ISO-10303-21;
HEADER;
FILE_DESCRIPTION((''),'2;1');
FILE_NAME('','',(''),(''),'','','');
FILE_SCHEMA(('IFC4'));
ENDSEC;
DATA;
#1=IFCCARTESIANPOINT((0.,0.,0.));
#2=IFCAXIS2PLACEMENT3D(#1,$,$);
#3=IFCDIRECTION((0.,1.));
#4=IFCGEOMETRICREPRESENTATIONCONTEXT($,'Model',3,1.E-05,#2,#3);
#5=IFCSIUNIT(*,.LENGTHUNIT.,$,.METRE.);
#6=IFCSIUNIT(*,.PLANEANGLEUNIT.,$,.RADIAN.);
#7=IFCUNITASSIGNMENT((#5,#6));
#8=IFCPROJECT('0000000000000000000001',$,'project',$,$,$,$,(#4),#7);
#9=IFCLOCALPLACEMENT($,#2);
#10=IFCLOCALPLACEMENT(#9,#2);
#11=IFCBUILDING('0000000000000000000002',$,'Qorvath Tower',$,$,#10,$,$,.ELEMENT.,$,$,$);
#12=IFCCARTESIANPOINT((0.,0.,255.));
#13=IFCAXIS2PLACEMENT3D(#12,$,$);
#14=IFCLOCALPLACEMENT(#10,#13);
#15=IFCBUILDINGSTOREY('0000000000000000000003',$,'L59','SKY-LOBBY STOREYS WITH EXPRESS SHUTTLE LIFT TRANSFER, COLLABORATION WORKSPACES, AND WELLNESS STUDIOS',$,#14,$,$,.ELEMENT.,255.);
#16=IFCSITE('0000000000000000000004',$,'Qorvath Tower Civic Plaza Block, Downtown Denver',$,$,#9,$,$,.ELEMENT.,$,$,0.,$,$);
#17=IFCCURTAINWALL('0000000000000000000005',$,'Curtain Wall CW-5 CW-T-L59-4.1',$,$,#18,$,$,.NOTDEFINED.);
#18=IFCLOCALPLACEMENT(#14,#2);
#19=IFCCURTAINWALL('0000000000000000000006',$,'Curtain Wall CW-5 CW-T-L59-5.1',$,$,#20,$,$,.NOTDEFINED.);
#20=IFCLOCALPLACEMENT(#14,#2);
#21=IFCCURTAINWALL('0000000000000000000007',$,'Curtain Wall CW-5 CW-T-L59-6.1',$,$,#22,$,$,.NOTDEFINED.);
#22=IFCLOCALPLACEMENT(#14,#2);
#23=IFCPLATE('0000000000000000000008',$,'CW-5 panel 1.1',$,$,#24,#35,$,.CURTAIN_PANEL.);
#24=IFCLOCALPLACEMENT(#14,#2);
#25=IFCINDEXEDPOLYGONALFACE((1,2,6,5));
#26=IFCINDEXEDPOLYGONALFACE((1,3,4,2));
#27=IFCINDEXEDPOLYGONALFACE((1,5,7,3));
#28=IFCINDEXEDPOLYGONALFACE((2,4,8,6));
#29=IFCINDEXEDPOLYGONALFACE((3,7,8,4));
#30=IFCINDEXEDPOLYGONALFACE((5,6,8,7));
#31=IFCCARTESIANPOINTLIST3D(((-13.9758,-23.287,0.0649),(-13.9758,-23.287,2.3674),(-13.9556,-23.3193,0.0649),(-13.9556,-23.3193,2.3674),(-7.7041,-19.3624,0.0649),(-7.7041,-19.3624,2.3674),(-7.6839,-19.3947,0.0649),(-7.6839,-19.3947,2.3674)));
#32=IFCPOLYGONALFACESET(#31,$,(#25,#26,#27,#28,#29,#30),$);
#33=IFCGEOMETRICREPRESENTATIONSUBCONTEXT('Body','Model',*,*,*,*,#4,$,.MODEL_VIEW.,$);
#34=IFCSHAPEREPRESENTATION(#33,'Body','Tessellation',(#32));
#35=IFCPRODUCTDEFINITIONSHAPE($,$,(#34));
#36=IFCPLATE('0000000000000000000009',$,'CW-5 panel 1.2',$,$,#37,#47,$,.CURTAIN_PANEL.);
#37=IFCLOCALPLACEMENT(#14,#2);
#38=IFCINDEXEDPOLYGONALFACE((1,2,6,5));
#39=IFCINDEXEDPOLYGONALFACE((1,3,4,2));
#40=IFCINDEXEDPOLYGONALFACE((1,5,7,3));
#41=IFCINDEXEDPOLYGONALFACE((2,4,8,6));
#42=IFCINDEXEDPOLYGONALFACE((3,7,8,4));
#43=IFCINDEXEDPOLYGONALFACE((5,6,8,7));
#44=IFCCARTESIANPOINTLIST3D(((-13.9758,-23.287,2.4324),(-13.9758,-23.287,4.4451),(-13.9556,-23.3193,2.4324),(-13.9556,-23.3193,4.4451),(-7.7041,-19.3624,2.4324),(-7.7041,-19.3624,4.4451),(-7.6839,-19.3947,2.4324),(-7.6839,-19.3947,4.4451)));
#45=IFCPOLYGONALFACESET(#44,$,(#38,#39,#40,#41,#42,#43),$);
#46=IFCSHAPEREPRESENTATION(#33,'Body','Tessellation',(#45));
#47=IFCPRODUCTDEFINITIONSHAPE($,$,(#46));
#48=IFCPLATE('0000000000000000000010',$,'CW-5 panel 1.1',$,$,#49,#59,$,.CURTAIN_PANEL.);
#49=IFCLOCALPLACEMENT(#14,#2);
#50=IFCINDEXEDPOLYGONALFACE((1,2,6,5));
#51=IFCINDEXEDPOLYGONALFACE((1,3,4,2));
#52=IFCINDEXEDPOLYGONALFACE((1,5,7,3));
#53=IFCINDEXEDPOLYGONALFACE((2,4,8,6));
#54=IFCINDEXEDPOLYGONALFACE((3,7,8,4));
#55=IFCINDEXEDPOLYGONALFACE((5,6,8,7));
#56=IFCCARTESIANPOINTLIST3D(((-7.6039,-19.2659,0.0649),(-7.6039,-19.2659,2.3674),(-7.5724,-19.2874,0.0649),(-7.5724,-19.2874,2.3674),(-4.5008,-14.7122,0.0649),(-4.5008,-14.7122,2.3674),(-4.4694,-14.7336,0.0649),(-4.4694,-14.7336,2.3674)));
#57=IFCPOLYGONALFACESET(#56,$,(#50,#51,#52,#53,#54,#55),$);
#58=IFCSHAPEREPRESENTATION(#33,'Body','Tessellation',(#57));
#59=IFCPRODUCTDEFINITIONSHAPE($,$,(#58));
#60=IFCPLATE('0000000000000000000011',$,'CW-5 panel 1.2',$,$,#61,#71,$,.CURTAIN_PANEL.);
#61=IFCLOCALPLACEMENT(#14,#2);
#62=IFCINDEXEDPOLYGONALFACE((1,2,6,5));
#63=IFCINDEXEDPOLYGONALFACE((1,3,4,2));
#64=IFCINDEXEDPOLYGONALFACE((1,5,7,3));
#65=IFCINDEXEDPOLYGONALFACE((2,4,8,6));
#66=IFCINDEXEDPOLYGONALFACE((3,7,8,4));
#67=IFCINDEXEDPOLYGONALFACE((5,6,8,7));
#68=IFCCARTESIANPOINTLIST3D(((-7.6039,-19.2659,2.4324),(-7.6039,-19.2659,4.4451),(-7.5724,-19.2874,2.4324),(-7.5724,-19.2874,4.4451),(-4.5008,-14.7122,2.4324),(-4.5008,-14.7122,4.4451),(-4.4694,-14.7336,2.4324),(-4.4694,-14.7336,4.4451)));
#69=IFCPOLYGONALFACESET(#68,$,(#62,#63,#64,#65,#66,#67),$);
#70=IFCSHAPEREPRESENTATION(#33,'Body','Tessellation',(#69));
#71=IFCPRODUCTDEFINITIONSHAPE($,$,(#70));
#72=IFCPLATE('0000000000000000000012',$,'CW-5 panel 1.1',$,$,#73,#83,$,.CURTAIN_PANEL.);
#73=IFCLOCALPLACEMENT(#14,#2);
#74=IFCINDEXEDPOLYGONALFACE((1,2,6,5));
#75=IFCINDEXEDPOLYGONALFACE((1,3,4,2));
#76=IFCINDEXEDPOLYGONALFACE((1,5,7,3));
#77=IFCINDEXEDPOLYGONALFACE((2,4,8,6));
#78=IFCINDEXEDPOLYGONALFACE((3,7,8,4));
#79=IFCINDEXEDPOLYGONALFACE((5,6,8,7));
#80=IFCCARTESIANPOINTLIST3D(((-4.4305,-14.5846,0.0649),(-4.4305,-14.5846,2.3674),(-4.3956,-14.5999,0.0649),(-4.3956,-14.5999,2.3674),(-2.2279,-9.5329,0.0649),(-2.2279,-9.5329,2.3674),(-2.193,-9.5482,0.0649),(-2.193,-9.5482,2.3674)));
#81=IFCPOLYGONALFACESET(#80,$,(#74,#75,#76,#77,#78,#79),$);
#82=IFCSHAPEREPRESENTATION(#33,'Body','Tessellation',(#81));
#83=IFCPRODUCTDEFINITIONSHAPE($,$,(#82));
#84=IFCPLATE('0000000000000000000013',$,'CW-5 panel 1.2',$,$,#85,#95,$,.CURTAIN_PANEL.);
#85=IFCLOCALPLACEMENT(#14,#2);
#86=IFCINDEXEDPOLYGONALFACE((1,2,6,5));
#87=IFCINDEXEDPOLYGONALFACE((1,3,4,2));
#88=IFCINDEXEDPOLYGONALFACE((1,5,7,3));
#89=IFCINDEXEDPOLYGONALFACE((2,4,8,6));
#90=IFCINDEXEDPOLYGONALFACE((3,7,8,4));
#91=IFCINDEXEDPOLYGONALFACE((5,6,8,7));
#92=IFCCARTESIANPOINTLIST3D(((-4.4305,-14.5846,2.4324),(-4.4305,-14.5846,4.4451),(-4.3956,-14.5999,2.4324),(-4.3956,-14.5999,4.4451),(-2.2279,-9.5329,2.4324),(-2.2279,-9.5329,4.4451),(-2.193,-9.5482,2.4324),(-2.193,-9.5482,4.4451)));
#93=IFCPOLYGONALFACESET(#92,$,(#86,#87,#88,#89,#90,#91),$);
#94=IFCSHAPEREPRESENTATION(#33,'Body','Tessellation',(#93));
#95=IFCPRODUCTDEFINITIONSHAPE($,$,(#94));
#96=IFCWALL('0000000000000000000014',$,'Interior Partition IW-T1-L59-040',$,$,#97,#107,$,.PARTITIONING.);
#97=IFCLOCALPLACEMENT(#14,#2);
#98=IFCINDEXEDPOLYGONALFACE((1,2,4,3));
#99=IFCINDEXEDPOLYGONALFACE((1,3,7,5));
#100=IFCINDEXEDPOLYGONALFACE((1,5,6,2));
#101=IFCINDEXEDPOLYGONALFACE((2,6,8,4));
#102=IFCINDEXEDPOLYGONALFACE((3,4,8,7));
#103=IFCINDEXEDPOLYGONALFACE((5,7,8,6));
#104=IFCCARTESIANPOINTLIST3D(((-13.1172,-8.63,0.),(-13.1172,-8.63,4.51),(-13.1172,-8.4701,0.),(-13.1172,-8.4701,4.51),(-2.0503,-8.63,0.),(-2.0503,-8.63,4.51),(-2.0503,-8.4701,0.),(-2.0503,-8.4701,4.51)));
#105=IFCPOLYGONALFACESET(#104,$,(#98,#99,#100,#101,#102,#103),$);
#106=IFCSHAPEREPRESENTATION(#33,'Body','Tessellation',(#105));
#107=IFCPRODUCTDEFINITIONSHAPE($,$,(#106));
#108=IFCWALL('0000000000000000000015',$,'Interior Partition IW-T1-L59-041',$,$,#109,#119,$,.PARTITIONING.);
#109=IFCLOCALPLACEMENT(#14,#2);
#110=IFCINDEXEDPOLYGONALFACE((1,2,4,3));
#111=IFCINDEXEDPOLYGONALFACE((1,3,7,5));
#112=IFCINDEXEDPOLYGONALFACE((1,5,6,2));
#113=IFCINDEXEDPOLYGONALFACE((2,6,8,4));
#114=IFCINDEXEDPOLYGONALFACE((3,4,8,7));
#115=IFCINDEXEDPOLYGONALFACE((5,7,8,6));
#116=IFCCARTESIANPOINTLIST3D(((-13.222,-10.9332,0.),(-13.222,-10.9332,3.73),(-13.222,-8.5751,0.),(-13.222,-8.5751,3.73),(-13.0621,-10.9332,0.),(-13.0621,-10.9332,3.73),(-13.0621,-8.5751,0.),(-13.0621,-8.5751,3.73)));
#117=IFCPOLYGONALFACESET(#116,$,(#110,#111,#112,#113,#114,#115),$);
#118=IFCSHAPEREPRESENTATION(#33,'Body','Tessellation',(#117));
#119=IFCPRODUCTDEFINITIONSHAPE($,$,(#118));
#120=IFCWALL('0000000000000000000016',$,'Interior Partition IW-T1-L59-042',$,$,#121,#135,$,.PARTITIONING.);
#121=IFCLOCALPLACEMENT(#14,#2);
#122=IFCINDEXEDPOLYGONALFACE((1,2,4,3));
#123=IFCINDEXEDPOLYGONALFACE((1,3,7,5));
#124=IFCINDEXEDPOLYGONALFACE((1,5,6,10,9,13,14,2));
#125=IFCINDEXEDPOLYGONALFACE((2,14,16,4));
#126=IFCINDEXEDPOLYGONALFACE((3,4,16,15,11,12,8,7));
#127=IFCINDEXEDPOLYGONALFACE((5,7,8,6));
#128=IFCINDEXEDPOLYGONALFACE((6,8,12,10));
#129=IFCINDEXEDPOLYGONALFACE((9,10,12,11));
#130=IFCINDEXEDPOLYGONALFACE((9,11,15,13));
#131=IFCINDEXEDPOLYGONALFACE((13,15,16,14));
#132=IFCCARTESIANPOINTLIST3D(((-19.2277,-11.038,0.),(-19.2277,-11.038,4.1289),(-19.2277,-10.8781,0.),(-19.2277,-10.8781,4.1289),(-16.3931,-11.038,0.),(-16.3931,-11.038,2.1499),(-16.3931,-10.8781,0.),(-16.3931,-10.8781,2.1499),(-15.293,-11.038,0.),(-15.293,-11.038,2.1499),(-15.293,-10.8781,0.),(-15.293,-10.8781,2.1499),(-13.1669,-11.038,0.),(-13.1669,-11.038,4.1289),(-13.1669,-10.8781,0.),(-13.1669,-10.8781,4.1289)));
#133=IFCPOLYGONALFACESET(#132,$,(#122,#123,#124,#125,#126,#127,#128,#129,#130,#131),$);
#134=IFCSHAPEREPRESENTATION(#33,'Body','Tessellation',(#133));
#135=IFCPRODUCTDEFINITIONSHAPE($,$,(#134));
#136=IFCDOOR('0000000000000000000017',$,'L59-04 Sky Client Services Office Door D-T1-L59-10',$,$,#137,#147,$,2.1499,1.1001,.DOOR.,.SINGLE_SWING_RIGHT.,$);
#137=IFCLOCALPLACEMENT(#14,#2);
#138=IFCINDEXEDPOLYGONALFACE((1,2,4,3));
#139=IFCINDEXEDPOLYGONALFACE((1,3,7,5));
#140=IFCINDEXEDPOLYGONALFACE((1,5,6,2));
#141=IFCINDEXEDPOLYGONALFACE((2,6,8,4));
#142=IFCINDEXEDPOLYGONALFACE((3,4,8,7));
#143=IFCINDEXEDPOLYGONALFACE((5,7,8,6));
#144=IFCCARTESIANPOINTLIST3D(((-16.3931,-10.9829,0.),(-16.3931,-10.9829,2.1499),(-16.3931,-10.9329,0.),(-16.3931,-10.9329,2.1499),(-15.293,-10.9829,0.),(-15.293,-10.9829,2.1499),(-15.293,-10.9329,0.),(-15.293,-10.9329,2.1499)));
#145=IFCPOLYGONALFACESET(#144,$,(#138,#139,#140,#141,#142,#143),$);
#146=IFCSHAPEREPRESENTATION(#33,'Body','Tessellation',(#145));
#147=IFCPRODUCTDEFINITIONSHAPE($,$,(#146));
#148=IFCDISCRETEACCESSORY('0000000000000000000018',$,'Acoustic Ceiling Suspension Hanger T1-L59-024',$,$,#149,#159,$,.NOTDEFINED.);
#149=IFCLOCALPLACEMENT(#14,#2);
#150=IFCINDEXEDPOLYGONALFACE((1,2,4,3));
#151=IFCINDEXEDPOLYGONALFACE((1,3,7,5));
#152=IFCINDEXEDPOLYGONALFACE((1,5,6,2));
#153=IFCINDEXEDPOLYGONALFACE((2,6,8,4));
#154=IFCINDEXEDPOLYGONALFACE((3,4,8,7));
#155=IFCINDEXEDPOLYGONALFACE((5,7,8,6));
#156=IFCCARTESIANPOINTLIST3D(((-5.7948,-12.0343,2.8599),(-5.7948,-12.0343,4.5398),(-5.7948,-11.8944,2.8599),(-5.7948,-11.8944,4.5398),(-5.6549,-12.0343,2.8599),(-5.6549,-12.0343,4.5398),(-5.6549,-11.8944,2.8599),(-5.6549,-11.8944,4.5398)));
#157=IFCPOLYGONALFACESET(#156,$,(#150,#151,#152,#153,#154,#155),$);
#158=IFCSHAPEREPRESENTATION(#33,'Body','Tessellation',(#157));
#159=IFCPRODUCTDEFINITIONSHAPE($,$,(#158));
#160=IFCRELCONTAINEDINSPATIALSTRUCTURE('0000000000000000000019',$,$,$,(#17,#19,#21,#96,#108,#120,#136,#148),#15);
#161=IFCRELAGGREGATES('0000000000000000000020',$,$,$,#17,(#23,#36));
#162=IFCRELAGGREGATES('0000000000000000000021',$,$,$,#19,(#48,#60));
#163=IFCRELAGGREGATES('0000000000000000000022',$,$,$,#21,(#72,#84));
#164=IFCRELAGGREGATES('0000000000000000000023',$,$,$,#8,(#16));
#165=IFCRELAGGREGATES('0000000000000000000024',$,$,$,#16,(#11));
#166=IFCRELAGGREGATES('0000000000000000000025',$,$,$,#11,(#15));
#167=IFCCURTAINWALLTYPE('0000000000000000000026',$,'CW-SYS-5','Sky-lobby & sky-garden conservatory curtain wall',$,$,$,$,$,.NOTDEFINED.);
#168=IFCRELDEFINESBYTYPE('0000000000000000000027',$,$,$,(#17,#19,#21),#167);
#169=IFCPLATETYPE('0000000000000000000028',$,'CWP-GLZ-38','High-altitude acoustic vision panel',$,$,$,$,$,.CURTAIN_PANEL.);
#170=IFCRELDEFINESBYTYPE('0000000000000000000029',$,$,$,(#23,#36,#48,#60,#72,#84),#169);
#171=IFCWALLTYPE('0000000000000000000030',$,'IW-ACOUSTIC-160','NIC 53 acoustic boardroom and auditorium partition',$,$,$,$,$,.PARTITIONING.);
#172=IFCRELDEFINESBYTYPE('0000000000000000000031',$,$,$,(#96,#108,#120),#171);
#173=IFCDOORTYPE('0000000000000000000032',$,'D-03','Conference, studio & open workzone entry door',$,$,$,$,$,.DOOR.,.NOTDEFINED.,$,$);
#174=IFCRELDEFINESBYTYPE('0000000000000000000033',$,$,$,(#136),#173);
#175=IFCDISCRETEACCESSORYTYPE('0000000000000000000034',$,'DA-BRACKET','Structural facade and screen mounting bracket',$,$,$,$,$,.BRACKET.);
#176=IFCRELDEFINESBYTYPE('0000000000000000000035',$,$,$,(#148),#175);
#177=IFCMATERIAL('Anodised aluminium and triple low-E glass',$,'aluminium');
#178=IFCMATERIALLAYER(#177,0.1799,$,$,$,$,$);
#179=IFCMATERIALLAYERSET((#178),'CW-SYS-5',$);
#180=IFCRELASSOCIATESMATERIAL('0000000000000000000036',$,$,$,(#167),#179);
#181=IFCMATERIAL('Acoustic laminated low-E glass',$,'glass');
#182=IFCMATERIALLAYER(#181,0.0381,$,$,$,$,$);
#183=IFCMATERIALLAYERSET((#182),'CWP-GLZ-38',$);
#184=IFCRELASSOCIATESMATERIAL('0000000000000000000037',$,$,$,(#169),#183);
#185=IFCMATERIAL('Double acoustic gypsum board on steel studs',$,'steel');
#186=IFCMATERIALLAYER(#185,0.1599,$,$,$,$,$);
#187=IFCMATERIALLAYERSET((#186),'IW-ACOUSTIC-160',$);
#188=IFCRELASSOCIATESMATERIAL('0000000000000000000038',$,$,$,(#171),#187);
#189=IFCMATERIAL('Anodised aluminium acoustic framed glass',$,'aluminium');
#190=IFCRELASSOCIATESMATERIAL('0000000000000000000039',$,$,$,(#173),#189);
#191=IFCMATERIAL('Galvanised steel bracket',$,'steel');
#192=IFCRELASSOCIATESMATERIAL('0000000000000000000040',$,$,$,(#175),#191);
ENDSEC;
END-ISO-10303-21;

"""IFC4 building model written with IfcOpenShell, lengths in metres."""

from ifc_helpers import new_model, si_unit, direction, frame, frame_2d, origin, origin_2d, place, context, subcontext, project, spatial, rectangle, extrude, material, layer, layer_set, type_object, element, fill, aggregate, save


model = new_model("IFC4")

# Units and contexts
model_context = context("Model", 3, precision=1e-05, world=origin(), true_north=direction((0.0, 1.0)))
body_context = subcontext(model_context, "Body", "Model", "MODEL_VIEW")
ifc_project = project(units=[si_unit("LENGTHUNIT", "METRE"), si_unit("PLANEANGLEUNIT", "RADIAN")], contexts=[model_context])

# Site, building, storey
site_placement = place(None, origin())
site = spatial("IfcSite", under=ifc_project, at=site_placement, Name="Qorvath Tower Civic Plaza Block, Downtown Denver", CompositionType="ELEMENT", RefElevation=0.0)
building_placement = place(site_placement, origin())
building = spatial("IfcBuilding", under=site, at=building_placement, Name="Qorvath Tower", CompositionType="ELEMENT")
storey_placement = place(building_placement, frame((0.0, 0.0, 255.0)))
storey = spatial("IfcBuildingStorey", under=building, at=storey_placement, Name="L59", Description="SKY-LOBBY STOREYS WITH EXPRESS SHUTTLE LIFT TRANSFER, COLLABORATION WORKSPACES, AND WELLNESS STUDIOS", CompositionType="ELEMENT", Elevation=255.0)

# Curtain wall
ifc_material_1 = material(Name="Anodised aluminium and triple low-E glass", Category="aluminium")
ifc_layer_1 = layer(ifc_material_1, 0.1799)
ifc_layer_set_1 = layer_set([ifc_layer_1], Name="CW-SYS-5")
curtain_wall_type = type_object("IfcCurtainWallType", Name="CW-SYS-5", Description="Sky-lobby & sky-garden conservatory curtain wall", PredefinedType="NOTDEFINED", material=ifc_layer_set_1)
curtain_wall_1_placement = place(storey_placement, origin())
curtain_wall_1 = element("IfcCurtainWall", 1, at=curtain_wall_1_placement, inside=storey, type_object=curtain_wall_type, Name="Curtain Wall CW-5 CW-T-L59-4.1", PredefinedType="NOTDEFINED")

# Curtain walls
curtain_wall_2_placement = place(storey_placement, origin())
curtain_wall_2 = element("IfcCurtainWall", 2, at=curtain_wall_2_placement, inside=storey, type_object=curtain_wall_type, Name="Curtain Wall CW-5 CW-T-L59-5.1", PredefinedType="NOTDEFINED")
curtain_wall_3_placement = place(storey_placement, origin())
curtain_wall_3 = element("IfcCurtainWall", 3, at=curtain_wall_3_placement, inside=storey, type_object=curtain_wall_type, Name="Curtain Wall CW-5 CW-T-L59-6.1", PredefinedType="NOTDEFINED")

# Plates
ifc_material_2 = material(Name="Acoustic laminated low-E glass", Category="glass")
ifc_layer_2 = layer(ifc_material_2, 0.0381)
ifc_layer_set_2 = layer_set([ifc_layer_2], Name="CWP-GLZ-38")
plate_type = type_object("IfcPlateType", Name="CWP-GLZ-38", Description="High-altitude acoustic vision panel", PredefinedType="CURTAIN_PANEL", material=ifc_layer_set_2)
plate_1_placement = place(storey_placement, frame((-10.8298, -21.3408, 0.0649), z_axis=(0.0, 0.0, 1.0), x_axis=(0.847707, 0.530464, 0.0)))
plate_1 = element("IfcPlate", 4, at=plate_1_placement, type_object=plate_type, Name="CW-5 panel 1.1", PredefinedType="CURTAIN_PANEL", context=body_context, shape_type="SweptSolid", body=[
    extrude(rectangle(XDim=7.3984, YDim=0.0381, at=origin_2d()), origin(), (0.0, 0.0, 1.0), 2.3025),
])
plate_2_placement = place(storey_placement, frame((-10.8298, -21.3408, 2.4324), z_axis=(0.0, 0.0, 1.0), x_axis=(0.847707, 0.530464, 0.0)))
plate_2 = element("IfcPlate", 5, at=plate_2_placement, type_object=plate_type, Name="CW-5 panel 1.2", PredefinedType="CURTAIN_PANEL", context=body_context, shape_type="SweptSolid", body=[
    extrude(rectangle(XDim=7.3984, YDim=0.0381, at=origin_2d()), origin(), (0.0, 0.0, 1.0), 2.0127),
])
aggregate(curtain_wall_1, [plate_1, plate_2])
plate_3_placement = place(storey_placement, frame((-6.0366, -16.9998, 0.0649), z_axis=(0.0, 0.0, 1.0), x_axis=(0.563115, 0.826379, 0.0)))
plate_3 = element("IfcPlate", 6, at=plate_3_placement, type_object=plate_type, Name="CW-5 panel 1.1", PredefinedType="CURTAIN_PANEL", context=body_context, shape_type="SweptSolid", body=[
    extrude(rectangle(XDim=5.5105, YDim=0.0381, at=origin_2d()), origin(), (0.0, 0.0, 1.0), 2.3025),
])
plate_4_placement = place(storey_placement, frame((-6.0366, -16.9998, 2.4324), z_axis=(0.0, 0.0, 1.0), x_axis=(0.563115, 0.826379, 0.0)))
plate_4 = element("IfcPlate", 7, at=plate_4_placement, type_object=plate_type, Name="CW-5 panel 1.2", PredefinedType="CURTAIN_PANEL", context=body_context, shape_type="SweptSolid", body=[
    extrude(rectangle(XDim=5.5105, YDim=0.0381, at=origin_2d()), origin(), (0.0, 0.0, 1.0), 2.0127),
])
aggregate(curtain_wall_2, [plate_3, plate_4])
plate_5_placement = place(storey_placement, frame((-3.3118, -12.0664, 0.0649), z_axis=(0.0, 0.0, 1.0), x_axis=(0.399666, 0.916661, 0.0)))
plate_5 = element("IfcPlate", 8, at=plate_5_placement, type_object=plate_type, Name="CW-5 panel 1.1", PredefinedType="CURTAIN_PANEL", context=body_context, shape_type="SweptSolid", body=[
    extrude(rectangle(XDim=5.511, YDim=0.0381, at=origin_2d()), origin(), (0.0, 0.0, 1.0), 2.3025),
])
plate_6_placement = place(storey_placement, frame((-3.3118, -12.0664, 2.4324), z_axis=(0.0, 0.0, 1.0), x_axis=(0.399666, 0.916661, 0.0)))
plate_6 = element("IfcPlate", 9, at=plate_6_placement, type_object=plate_type, Name="CW-5 panel 1.2", PredefinedType="CURTAIN_PANEL", context=body_context, shape_type="SweptSolid", body=[
    extrude(rectangle(XDim=5.511, YDim=0.0381, at=origin_2d()), origin(), (0.0, 0.0, 1.0), 2.0127),
])
aggregate(curtain_wall_3, [plate_5, plate_6])

# Walls
ifc_material_3 = material(Name="Double acoustic gypsum board on steel studs", Category="steel")
ifc_layer_3 = layer(ifc_material_3, 0.1599)
ifc_layer_set_3 = layer_set([ifc_layer_3], Name="IW-ACOUSTIC-160")
wall_type = type_object("IfcWallType", Name="IW-ACOUSTIC-160", Description="NIC 53 acoustic boardroom and auditorium partition", PredefinedType="PARTITIONING", material=ifc_layer_set_3)
wall_1_placement = place(storey_placement, frame((-2.0503, -8.55, 0.0), z_axis=(0.0, 0.0, 1.0), x_axis=(-1.0, 0.0, 0.0)))
element("IfcWall", 10, at=wall_1_placement, inside=storey, type_object=wall_type, Name="Interior Partition IW-T1-L59-040", PredefinedType="PARTITIONING", context=body_context, shape_type="SweptSolid", body=[
    extrude(rectangle(XDim=11.0669, YDim=0.1599, at=frame_2d((5.5334, 0.0))), origin(), (0.0, 0.0, 1.0), 4.51),
])
wall_2_placement = place(storey_placement, frame((-13.1421, -8.575, 0.0), z_axis=(0.0, 0.0, 1.0), x_axis=(0.0, -1.0, 0.0)))
element("IfcWall", 11, at=wall_2_placement, inside=storey, type_object=wall_type, Name="Interior Partition IW-T1-L59-041", PredefinedType="PARTITIONING", context=body_context, shape_type="SweptSolid", body=[
    extrude(rectangle(XDim=2.3582, YDim=0.1599, at=frame_2d((1.1792, 0.0))), origin(), (0.0, 0.0, 1.0), 3.73),
])

# Wall, opening, door
wall_3_placement = place(storey_placement, frame((-13.167, -10.958, 0.0), z_axis=(0.0, 0.0, 1.0), x_axis=(-1.0, 0.0, 0.0)))
wall_3 = element("IfcWall", 12, at=wall_3_placement, inside=storey, type_object=wall_type, Name="Interior Partition IW-T1-L59-042", PredefinedType="PARTITIONING", context=body_context, shape_type="SweptSolid", body=[
    extrude(rectangle(XDim=6.0608, YDim=0.1599, at=frame_2d((3.0303, 0.0))), origin(), (0.0, 0.0, 1.0), 4.1289),
])
opening_placement = place(wall_3_placement, frame((2.126, 0.0, 0.0)))
opening = element("IfcOpeningElement", 13, at=opening_placement, cuts=wall_3, PredefinedType="OPENING", context=body_context, shape_type="SweptSolid", body=[
    extrude(rectangle(XDim=1.1001, YDim=2.1499, at=frame_2d((0.55, 1.075))), frame((0.0, 0.0898, 0.0), z_axis=(0.0, -1.0, 0.0), x_axis=(1.0, 0.0, 0.0)), (0.0, 0.0, 1.0), 0.1799),
])
ifc_material_4 = material(Name="Anodised aluminium acoustic framed glass", Category="aluminium")
door_type = type_object("IfcDoorType", Name="D-03", Description="Conference, studio & open workzone entry door", OperationType="NOTDEFINED", PredefinedType="DOOR", material=ifc_material_4)
door_placement = place(opening_placement, origin())
door = element("IfcDoor", 14, at=door_placement, inside=storey, type_object=door_type, Name="L59-04 Sky Client Services Office Door D-T1-L59-10", OperationType="SINGLE_SWING_RIGHT", OverallHeight=2.1499, OverallWidth=1.1001, PredefinedType="DOOR", context=body_context, shape_type="SweptSolid", body=[
    extrude(rectangle(XDim=1.1001, YDim=2.1499, at=frame_2d((0.55, 1.075))), frame((0.0, 0.0249, 0.0), z_axis=(0.0, -1.0, 0.0), x_axis=(1.0, 0.0, 0.0)), (0.0, 0.0, 1.0), 0.05),
])
fill(opening, door)

# Discrete accessory
ifc_material_5 = material(Name="Galvanised steel bracket", Category="steel")
discrete_accessory_type = type_object("IfcDiscreteAccessoryType", Name="DA-BRACKET", Description="Structural facade and screen mounting bracket", PredefinedType="BRACKET", material=ifc_material_5)
discrete_accessory_placement = place(storey_placement, frame((-5.7249, -11.9644, 2.8599), z_axis=(0.0, 0.0, 1.0), x_axis=(1.0, 0.0, 0.0)))
element("IfcDiscreteAccessory", 15, at=discrete_accessory_placement, inside=storey, type_object=discrete_accessory_type, Name="Acoustic Ceiling Suspension Hanger T1-L59-024", PredefinedType="NOTDEFINED", context=body_context, shape_type="SweptSolid", body=[
    extrude(rectangle(XDim=0.1399, YDim=0.1399, at=origin_2d()), origin(), (0.0, 0.0, 1.0), 1.6799),
])

save(model, "model.ifc")
